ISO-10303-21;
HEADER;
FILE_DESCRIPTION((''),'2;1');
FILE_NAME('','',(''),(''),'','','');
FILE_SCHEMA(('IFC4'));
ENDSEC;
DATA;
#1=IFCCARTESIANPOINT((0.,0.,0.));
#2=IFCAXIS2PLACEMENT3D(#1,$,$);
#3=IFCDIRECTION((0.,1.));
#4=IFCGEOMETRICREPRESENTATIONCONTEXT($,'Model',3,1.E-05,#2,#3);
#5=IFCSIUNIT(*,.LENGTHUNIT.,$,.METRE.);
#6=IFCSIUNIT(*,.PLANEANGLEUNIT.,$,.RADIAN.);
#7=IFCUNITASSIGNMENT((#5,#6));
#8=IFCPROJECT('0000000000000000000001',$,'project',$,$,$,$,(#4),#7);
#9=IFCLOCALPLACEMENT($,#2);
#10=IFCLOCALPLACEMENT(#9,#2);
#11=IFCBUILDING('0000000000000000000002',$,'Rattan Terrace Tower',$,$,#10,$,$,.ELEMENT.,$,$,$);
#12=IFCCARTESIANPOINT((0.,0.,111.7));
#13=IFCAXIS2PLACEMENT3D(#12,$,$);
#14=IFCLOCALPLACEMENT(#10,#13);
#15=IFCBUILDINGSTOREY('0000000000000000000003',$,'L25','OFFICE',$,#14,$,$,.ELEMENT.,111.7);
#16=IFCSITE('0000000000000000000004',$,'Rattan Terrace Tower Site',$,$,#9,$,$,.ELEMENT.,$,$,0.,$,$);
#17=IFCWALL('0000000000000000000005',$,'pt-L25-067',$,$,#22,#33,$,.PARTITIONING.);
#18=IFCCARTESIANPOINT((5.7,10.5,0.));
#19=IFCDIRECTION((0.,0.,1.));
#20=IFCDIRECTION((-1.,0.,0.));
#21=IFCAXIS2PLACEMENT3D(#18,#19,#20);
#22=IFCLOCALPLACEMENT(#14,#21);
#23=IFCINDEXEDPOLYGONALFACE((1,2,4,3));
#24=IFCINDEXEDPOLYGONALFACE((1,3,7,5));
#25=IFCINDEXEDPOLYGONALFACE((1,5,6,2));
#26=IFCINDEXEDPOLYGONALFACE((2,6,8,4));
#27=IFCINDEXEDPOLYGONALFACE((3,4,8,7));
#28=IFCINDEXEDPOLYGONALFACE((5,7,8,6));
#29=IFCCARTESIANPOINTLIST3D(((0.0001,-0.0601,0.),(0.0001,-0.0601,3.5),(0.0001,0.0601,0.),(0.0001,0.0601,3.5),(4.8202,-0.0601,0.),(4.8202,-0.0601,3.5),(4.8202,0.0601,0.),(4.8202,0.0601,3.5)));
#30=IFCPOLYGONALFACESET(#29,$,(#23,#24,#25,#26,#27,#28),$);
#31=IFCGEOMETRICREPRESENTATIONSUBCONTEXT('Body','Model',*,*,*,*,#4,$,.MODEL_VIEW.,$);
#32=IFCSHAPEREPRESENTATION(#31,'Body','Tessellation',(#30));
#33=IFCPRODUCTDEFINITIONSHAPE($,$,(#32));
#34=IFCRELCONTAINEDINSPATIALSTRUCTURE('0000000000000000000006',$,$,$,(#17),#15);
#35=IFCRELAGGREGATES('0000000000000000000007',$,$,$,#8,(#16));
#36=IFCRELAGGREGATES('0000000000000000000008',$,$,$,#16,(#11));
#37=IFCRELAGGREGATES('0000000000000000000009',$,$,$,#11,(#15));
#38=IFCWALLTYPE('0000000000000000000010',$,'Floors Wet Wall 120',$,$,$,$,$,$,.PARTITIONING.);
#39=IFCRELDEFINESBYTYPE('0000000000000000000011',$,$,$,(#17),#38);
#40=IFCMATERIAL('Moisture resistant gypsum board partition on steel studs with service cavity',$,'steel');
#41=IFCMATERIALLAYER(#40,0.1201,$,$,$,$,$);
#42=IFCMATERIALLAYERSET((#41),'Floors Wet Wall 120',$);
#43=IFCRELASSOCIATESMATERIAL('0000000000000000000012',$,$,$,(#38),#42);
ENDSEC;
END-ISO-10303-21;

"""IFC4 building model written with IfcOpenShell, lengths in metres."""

from ifc_helpers import new_model, si_unit, direction, frame, frame_2d, origin, place, context, subcontext, project, spatial, rectangle, extrude, material, layer, layer_set, type_object, element, save


model = new_model("IFC4")

# Units and contexts
model_context = context("Model", 3, precision=1e-05, world=origin(), true_north=direction((0.0, 1.0)))
body_context = subcontext(model_context, "Body", "Model", "MODEL_VIEW")
ifc_project = project(units=[si_unit("LENGTHUNIT", "METRE"), si_unit("PLANEANGLEUNIT", "RADIAN")], contexts=[model_context])

# Site, building, storey
site_placement = place(None, origin())
site = spatial("IfcSite", under=ifc_project, at=site_placement, Name="Rattan Terrace Tower Site", CompositionType="ELEMENT", RefElevation=0.0)
building_placement = place(site_placement, origin())
building = spatial("IfcBuilding", under=site, at=building_placement, Name="Rattan Terrace Tower", CompositionType="ELEMENT")
storey_placement = place(building_placement, frame((0.0, 0.0, 111.7)))
storey = spatial("IfcBuildingStorey", under=building, at=storey_placement, Name="L25", Description="OFFICE", CompositionType="ELEMENT", Elevation=111.7)

# Wall
ifc_material_1 = material(Name="Moisture resistant gypsum board partition on steel studs with service cavity", Category="steel")
ifc_layer_1 = layer(ifc_material_1, 0.1201)
ifc_layer_set_1 = layer_set([ifc_layer_1], Name="Floors Wet Wall 120")
wall_type_1 = type_object("IfcWallType", Name="Floors Wet Wall 120", PredefinedType="PARTITIONING", material=ifc_layer_set_1)
wall_1_placement = place(storey_placement, frame((5.7, 10.5, 0.0), z_axis=(0.0, 0.0, 1.0), x_axis=(-1.0, 0.0, 0.0)))
element("IfcWall", 1, at=wall_1_placement, inside=storey, type_object=wall_type_1, Name="pt-L25-067", PredefinedType="PARTITIONING", context=body_context, shape_type="SweptSolid", body=[
    extrude(rectangle(XDim=4.8201, YDim=0.1201, at=frame_2d((2.4102, 0.0))), origin(), (0.0, 0.0, 1.0), 3.5),
])

save(model, "model.ifc")
